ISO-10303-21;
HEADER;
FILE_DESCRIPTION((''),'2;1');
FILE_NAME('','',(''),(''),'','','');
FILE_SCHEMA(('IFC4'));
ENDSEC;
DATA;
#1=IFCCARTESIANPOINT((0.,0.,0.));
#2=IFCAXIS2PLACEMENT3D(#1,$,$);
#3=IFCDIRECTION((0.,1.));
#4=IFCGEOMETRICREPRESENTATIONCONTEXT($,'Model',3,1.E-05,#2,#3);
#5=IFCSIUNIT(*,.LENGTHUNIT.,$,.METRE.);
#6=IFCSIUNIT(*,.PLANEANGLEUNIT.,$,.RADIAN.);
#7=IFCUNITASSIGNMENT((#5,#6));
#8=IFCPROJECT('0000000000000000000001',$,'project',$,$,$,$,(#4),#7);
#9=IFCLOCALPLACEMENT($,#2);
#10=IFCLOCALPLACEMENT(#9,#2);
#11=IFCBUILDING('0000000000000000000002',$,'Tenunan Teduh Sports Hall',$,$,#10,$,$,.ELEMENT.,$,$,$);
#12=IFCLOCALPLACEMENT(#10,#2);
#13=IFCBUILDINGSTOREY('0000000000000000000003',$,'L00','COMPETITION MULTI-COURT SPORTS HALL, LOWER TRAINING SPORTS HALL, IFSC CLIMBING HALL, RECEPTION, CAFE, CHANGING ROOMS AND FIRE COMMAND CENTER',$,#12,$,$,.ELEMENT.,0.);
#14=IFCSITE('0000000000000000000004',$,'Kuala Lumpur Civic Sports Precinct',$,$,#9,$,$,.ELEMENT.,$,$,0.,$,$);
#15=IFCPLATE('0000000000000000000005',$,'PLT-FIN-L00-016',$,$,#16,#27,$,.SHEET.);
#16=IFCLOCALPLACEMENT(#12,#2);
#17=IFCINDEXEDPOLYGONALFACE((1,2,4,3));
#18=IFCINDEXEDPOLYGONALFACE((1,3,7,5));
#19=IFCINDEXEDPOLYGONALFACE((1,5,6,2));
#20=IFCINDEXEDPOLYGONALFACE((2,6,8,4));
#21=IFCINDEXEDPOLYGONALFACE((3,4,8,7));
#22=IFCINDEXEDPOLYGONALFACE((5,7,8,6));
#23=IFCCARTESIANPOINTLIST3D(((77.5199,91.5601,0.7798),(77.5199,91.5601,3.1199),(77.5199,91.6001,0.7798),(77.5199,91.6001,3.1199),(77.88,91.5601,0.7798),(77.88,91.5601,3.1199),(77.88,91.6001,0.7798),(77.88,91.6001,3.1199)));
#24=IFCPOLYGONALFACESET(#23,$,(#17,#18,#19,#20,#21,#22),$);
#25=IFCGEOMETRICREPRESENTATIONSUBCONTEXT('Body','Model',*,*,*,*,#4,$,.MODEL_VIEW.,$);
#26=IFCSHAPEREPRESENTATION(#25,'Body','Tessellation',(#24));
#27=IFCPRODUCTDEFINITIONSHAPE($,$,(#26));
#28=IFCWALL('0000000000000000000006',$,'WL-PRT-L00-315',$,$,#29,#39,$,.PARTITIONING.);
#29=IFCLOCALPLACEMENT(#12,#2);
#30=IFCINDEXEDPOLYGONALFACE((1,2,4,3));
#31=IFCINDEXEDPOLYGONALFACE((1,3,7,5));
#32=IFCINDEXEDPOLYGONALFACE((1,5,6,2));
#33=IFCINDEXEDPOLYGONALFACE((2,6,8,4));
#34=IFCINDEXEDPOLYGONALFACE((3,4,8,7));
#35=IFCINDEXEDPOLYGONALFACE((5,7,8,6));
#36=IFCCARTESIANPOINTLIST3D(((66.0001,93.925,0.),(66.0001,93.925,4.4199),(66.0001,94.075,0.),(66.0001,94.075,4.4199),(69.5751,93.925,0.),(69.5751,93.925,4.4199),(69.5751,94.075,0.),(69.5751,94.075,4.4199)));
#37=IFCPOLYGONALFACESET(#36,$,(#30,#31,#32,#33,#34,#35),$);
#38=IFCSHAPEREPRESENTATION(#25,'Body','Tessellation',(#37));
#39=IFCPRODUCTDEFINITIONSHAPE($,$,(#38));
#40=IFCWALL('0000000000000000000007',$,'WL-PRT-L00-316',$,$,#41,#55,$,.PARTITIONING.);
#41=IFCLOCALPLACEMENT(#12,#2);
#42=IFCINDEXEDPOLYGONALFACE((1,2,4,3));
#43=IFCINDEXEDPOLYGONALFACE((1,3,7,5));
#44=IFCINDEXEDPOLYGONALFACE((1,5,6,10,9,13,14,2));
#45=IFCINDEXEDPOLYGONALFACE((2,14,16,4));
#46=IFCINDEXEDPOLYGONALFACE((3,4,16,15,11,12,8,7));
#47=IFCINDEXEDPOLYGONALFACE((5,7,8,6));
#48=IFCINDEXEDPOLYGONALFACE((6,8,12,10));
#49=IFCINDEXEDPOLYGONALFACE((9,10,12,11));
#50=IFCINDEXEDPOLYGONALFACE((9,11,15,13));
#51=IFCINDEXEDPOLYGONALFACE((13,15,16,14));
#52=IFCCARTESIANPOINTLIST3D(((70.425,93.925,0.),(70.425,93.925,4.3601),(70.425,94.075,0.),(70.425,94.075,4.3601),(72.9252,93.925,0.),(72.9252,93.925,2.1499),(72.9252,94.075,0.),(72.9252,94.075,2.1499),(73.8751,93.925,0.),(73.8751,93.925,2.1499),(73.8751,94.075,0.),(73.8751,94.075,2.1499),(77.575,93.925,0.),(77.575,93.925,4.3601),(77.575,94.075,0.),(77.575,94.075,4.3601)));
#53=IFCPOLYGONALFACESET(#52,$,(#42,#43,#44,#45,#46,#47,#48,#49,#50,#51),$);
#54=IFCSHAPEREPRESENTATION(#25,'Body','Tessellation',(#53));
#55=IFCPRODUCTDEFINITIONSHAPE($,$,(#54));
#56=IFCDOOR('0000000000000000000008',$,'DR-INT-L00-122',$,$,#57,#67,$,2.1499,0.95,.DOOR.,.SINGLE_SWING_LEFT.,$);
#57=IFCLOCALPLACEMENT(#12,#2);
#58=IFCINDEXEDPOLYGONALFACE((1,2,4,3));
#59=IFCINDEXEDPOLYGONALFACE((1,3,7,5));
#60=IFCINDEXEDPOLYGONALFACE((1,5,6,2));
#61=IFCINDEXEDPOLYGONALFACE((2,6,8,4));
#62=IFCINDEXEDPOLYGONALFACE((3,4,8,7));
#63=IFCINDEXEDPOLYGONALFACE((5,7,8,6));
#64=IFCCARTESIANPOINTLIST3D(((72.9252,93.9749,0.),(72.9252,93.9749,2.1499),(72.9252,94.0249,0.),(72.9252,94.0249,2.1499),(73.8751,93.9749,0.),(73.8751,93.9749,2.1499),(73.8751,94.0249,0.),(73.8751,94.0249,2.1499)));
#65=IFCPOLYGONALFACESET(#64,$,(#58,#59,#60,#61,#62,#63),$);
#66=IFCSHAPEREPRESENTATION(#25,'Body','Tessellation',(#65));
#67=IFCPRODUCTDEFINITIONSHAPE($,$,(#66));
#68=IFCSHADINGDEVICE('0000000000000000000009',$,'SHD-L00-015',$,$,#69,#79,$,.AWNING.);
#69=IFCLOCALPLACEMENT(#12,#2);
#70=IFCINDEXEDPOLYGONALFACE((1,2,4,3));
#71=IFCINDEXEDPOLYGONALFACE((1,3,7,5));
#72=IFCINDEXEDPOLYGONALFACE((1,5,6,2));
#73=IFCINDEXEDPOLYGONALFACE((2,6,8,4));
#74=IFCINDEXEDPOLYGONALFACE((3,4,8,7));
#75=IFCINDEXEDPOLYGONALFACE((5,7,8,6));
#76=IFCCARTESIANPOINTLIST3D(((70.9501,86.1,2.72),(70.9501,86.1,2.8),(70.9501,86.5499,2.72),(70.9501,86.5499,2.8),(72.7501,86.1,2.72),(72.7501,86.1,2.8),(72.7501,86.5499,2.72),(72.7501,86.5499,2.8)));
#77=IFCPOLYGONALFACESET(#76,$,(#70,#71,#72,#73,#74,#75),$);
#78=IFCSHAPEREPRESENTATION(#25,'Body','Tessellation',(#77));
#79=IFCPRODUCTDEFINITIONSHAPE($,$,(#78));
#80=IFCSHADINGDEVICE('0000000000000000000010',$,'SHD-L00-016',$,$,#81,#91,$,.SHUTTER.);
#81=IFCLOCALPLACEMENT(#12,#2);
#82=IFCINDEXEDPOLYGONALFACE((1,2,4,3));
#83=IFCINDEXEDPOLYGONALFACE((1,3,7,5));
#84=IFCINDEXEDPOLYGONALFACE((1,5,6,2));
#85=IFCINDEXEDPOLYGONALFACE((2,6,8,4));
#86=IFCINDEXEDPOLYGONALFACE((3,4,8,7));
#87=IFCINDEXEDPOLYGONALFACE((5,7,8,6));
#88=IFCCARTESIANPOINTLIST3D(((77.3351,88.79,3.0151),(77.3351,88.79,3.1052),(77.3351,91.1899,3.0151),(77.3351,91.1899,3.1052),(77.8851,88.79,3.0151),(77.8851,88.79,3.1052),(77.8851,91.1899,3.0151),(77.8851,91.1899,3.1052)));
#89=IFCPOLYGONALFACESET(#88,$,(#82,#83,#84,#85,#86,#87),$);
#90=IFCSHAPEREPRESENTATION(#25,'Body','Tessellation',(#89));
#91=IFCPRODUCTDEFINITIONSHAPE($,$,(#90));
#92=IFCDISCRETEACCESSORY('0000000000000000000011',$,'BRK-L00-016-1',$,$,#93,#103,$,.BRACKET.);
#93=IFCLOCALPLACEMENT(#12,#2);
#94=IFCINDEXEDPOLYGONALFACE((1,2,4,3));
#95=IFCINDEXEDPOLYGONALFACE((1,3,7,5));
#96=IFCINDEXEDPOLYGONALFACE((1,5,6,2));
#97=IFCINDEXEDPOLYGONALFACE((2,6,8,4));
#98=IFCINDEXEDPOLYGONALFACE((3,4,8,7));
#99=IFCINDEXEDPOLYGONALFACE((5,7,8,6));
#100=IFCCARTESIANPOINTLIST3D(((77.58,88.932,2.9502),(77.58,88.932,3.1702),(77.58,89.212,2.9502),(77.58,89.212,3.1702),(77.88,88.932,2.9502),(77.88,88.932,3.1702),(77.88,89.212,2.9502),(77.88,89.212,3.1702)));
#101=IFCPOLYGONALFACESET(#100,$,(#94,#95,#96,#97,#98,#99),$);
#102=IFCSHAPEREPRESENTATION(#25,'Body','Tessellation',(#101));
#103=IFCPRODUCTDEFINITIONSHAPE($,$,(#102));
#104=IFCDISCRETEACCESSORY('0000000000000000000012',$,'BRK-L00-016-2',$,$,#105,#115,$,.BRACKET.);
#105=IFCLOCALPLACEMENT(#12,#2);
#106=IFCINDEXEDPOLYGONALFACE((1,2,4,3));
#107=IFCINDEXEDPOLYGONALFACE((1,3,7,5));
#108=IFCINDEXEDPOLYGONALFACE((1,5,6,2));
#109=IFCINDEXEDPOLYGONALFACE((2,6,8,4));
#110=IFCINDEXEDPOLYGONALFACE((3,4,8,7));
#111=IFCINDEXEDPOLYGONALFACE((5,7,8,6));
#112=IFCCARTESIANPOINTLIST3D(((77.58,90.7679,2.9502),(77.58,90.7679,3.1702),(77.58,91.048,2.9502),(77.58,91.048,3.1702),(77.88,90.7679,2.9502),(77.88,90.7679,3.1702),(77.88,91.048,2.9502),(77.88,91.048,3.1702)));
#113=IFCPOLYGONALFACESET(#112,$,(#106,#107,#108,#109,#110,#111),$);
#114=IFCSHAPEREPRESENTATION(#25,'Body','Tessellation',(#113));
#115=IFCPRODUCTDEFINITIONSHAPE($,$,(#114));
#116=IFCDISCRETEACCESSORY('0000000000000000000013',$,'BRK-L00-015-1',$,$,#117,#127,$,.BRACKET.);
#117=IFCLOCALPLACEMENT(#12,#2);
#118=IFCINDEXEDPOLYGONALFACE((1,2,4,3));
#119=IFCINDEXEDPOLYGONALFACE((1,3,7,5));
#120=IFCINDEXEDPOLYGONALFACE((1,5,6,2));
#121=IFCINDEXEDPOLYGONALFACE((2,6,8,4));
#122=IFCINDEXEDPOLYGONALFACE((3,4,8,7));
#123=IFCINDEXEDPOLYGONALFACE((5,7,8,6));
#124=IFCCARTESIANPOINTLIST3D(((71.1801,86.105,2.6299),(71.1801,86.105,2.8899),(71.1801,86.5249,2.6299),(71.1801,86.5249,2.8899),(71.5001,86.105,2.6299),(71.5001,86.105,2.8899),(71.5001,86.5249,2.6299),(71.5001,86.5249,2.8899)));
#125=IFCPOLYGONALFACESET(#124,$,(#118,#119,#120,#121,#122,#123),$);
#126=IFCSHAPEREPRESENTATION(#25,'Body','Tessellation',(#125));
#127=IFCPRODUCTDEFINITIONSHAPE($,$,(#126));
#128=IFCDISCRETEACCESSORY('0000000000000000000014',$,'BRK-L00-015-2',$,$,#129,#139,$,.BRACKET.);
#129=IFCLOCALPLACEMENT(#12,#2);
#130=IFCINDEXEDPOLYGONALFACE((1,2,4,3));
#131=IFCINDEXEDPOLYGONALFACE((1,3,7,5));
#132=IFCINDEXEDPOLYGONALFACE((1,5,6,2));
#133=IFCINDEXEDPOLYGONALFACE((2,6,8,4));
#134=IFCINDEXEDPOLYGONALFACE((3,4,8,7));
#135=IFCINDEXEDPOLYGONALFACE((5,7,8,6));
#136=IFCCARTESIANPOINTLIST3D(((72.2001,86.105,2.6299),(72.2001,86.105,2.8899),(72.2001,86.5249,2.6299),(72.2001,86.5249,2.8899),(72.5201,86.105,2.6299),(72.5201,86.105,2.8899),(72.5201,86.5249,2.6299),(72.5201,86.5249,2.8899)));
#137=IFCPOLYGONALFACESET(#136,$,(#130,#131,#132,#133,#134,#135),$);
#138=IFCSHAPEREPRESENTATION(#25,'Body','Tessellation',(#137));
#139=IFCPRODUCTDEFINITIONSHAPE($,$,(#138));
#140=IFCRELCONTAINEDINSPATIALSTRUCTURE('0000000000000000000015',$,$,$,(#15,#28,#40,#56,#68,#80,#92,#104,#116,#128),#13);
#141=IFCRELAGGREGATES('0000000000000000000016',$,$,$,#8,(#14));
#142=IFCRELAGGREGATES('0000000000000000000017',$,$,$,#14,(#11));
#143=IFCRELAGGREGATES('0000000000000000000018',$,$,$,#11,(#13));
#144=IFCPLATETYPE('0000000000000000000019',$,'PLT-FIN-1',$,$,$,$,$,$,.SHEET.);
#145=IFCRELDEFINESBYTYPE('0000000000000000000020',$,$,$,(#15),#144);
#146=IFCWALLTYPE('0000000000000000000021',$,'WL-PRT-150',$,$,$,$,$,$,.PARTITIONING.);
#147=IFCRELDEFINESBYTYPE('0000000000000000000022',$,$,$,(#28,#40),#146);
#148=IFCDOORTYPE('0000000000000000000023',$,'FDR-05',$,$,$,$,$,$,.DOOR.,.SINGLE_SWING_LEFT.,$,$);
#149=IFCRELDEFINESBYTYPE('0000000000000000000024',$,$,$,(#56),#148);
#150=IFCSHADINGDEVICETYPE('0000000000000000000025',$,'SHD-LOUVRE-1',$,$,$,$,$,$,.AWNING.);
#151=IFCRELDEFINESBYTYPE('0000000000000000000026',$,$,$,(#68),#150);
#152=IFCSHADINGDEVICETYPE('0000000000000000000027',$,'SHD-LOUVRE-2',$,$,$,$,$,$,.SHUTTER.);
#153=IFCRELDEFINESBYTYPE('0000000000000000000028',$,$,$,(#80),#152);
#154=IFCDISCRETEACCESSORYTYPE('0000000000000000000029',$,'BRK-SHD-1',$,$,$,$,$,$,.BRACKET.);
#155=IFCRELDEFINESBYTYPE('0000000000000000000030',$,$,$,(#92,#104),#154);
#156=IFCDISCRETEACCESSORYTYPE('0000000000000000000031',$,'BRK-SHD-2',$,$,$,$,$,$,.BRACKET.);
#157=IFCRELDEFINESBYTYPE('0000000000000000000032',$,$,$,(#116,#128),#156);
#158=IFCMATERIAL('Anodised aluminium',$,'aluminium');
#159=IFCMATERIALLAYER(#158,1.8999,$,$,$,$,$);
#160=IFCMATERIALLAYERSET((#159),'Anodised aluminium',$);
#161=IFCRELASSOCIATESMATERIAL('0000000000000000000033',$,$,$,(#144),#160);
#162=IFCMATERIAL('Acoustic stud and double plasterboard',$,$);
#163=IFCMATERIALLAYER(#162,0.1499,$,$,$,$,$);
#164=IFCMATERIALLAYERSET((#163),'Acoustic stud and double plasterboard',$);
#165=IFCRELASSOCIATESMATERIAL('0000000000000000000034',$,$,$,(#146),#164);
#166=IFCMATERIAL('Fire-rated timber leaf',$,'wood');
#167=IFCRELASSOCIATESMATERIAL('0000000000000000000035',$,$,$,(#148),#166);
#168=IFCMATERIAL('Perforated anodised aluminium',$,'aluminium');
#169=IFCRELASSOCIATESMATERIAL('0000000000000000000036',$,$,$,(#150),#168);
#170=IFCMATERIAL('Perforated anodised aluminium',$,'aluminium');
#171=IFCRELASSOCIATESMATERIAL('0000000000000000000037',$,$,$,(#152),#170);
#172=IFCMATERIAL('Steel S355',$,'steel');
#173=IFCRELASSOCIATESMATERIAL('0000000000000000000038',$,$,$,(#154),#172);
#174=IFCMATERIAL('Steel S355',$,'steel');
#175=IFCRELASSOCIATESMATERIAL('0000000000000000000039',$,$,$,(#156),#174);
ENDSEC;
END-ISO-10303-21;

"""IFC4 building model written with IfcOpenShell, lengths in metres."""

from ifc_helpers import new_model, si_unit, direction, frame, frame_2d, origin, origin_2d, place, context, subcontext, project, spatial, rectangle, extrude, material, layer, layer_set, type_object, element, fill, save


model = new_model("IFC4")

# Units and contexts
model_context = context("Model", 3, precision=1e-05, world=origin(), true_north=direction((0.0, 1.0)))
body_context = subcontext(model_context, "Body", "Model", "MODEL_VIEW")
ifc_project = project(units=[si_unit("LENGTHUNIT", "METRE"), si_unit("PLANEANGLEUNIT", "RADIAN")], contexts=[model_context])

# Site, building, storey
site_placement = place(None, origin())
site = spatial("IfcSite", under=ifc_project, at=site_placement, Name="Kuala Lumpur Civic Sports Precinct", CompositionType="ELEMENT", RefElevation=0.0)
building_placement = place(site_placement, origin())
building = spatial("IfcBuilding", under=site, at=building_placement, Name="Tenunan Teduh Sports Hall", CompositionType="ELEMENT")
storey_placement = place(building_placement, origin())
storey = spatial("IfcBuildingStorey", under=building, at=storey_placement, Name="L00", Description="COMPETITION MULTI-COURT SPORTS HALL, LOWER TRAINING SPORTS HALL, IFSC CLIMBING HALL, RECEPTION, CAFE, CHANGING ROOMS AND FIRE COMMAND CENTER", CompositionType="ELEMENT", Elevation=0.0)

# Plate
ifc_material_1 = material(Name="Anodised aluminium", Category="aluminium")
ifc_layer_1 = layer(ifc_material_1, 1.8999)
ifc_layer_set_1 = layer_set([ifc_layer_1], Name="Anodised aluminium")
plate_type = type_object("IfcPlateType", Name="PLT-FIN-1", PredefinedType="SHEET", material=ifc_layer_set_1)
plate_1_placement = place(storey_placement, frame((77.7, 91.5801, 0.7798), z_axis=(0.0, 0.0, 1.0), x_axis=(0.0, 1.0, 0.0)))
element("IfcPlate", 1, at=plate_1_placement, inside=storey, type_object=plate_type, Name="PLT-FIN-L00-016", PredefinedType="SHEET", context=body_context, shape_type="SweptSolid", body=[
    extrude(rectangle(XDim=0.04, YDim=0.3601, at=origin_2d()), origin(), (0.0, 0.0, 1.0), 2.3401),
])

# Wall
ifc_material_2 = material(Name="Acoustic stud and double plasterboard")
ifc_layer_2 = layer(ifc_material_2, 0.1499)
ifc_layer_set_2 = layer_set([ifc_layer_2], Name="Acoustic stud and double plasterboard")
wall_type = type_object("IfcWallType", Name="WL-PRT-150", PredefinedType="PARTITIONING", material=ifc_layer_set_2)
wall_1_placement = place(storey_placement, frame((66.0, 94.0, 0.0), z_axis=(0.0, 0.0, 1.0), x_axis=(1.0, 0.0, 0.0)))
element("IfcWall", 2, at=wall_1_placement, inside=storey, type_object=wall_type, Name="WL-PRT-L00-315", PredefinedType="PARTITIONING", context=body_context, shape_type="SweptSolid", body=[
    extrude(rectangle(XDim=3.575, YDim=0.1499, at=frame_2d((1.7876, 0.0))), origin(), (0.0, 0.0, 1.0), 4.4199),
])

# Wall, opening, door
wall_2_placement = place(storey_placement, frame((70.425, 94.0, 0.0), z_axis=(0.0, 0.0, 1.0), x_axis=(1.0, 0.0, 0.0)))
wall_2 = element("IfcWall", 3, at=wall_2_placement, inside=storey, type_object=wall_type, Name="WL-PRT-L00-316", PredefinedType="PARTITIONING", context=body_context, shape_type="SweptSolid", body=[
    extrude(rectangle(XDim=7.1499, YDim=0.1499, at=frame_2d((3.575, 0.0))), origin(), (0.0, 0.0, 1.0), 4.3601),
])
opening_placement = place(wall_2_placement, frame((2.5, 0.0, 0.0)))
opening = element("IfcOpeningElement", 4, at=opening_placement, cuts=wall_2, PredefinedType="OPENING", context=body_context, shape_type="SweptSolid", body=[
    extrude(rectangle(XDim=0.95, YDim=2.1499, at=frame_2d((0.4751, 1.075))), frame((0.0, 0.085, 0.0), z_axis=(0.0, -1.0, 0.0), x_axis=(1.0, 0.0, 0.0)), (0.0, 0.0, 1.0), 0.1699),
])
ifc_material_3 = material(Name="Fire-rated timber leaf", Category="wood")
door_type = type_object("IfcDoorType", Name="FDR-05", OperationType="SINGLE_SWING_LEFT", PredefinedType="DOOR", material=ifc_material_3)
door_placement = place(opening_placement, origin())
door = element("IfcDoor", 5, at=door_placement, inside=storey, type_object=door_type, Name="DR-INT-L00-122", OperationType="SINGLE_SWING_LEFT", OverallHeight=2.1499, OverallWidth=0.95, PredefinedType="DOOR", context=body_context, shape_type="SweptSolid", body=[
    extrude(rectangle(XDim=0.95, YDim=2.1499, at=frame_2d((0.4751, 1.075))), frame((0.0, 0.0249, 0.0), z_axis=(0.0, -1.0, 0.0), x_axis=(1.0, 0.0, 0.0)), (0.0, 0.0, 1.0), 0.05),
])
fill(opening, door)

# Shading devices
ifc_material_4 = material(Name="Perforated anodised aluminium", Category="aluminium")
shading_device_type_1 = type_object("IfcShadingDeviceType", Name="SHD-LOUVRE-1", PredefinedType="AWNING", material=ifc_material_4)
shading_device_1_placement = place(storey_placement, frame((71.8501, 86.325, 2.72), z_axis=(0.0, 0.0, 1.0), x_axis=(1.0, 0.0, 0.0)))
element("IfcShadingDevice", 6, at=shading_device_1_placement, inside=storey, type_object=shading_device_type_1, Name="SHD-L00-015", PredefinedType="AWNING", context=body_context, shape_type="SweptSolid", body=[
    extrude(rectangle(XDim=1.8, YDim=0.45, at=origin_2d()), origin(), (0.0, 0.0, 1.0), 0.0801),
])
ifc_material_5 = material(Name="Perforated anodised aluminium", Category="aluminium")
shading_device_type_2 = type_object("IfcShadingDeviceType", Name="SHD-LOUVRE-2", PredefinedType="SHUTTER", material=ifc_material_5)
shading_device_2_placement = place(storey_placement, frame((77.6101, 89.99, 3.0151), z_axis=(0.0, 0.0, 1.0), x_axis=(0.0, 1.0, 0.0)))
element("IfcShadingDevice", 7, at=shading_device_2_placement, inside=storey, type_object=shading_device_type_2, Name="SHD-L00-016", PredefinedType="SHUTTER", context=body_context, shape_type="SweptSolid", body=[
    extrude(rectangle(XDim=2.3999, YDim=0.55, at=origin_2d()), origin(), (0.0, 0.0, 1.0), 0.0901),
])

# Discrete accessories
ifc_material_6 = material(Name="Steel S355", Category="steel")
discrete_accessory_type_1 = type_object("IfcDiscreteAccessoryType", Name="BRK-SHD-1", PredefinedType="BRACKET", material=ifc_material_6)
for number, where, z_axis, x_axis, name in (
    (8, (77.73, 89.072, 2.9502), (0.0, 0.0, 1.0), (0.0, 1.0, 0.0), "BRK-L00-016-1"),
    (9, (77.73, 90.908, 2.9502), (0.0, 0.0, 1.0), (0.0, 1.0, 0.0), "BRK-L00-016-2"),
):
    element("IfcDiscreteAccessory", number, at=place(storey_placement, frame(where, z_axis=z_axis, x_axis=x_axis)), inside=storey, type_object=discrete_accessory_type_1, Name=name, PredefinedType="BRACKET", context=body_context, shape_type="SweptSolid", body=[
        extrude(rectangle(XDim=0.28, YDim=0.3, at=origin_2d()), origin(), (0.0, 0.0, 1.0), 0.22),
    ])
ifc_material_7 = material(Name="Steel S355", Category="steel")
discrete_accessory_type_2 = type_object("IfcDiscreteAccessoryType", Name="BRK-SHD-2", PredefinedType="BRACKET", material=ifc_material_7)
for number, where, z_axis, x_axis, name in (
    (10, (71.3401, 86.3149, 2.6299), (0.0, 0.0, 1.0), (1.0, 0.0, 0.0), "BRK-L00-015-1"),
    (11, (72.3601, 86.3149, 2.6299), (0.0, 0.0, 1.0), (1.0, 0.0, 0.0), "BRK-L00-015-2"),
):
    element("IfcDiscreteAccessory", number, at=place(storey_placement, frame(where, z_axis=z_axis, x_axis=x_axis)), inside=storey, type_object=discrete_accessory_type_2, Name=name, PredefinedType="BRACKET", context=body_context, shape_type="SweptSolid", body=[
        extrude(rectangle(XDim=0.3201, YDim=0.4199, at=origin_2d()), origin(), (0.0, 0.0, 1.0), 0.26),
    ])

save(model, "model.ifc")
